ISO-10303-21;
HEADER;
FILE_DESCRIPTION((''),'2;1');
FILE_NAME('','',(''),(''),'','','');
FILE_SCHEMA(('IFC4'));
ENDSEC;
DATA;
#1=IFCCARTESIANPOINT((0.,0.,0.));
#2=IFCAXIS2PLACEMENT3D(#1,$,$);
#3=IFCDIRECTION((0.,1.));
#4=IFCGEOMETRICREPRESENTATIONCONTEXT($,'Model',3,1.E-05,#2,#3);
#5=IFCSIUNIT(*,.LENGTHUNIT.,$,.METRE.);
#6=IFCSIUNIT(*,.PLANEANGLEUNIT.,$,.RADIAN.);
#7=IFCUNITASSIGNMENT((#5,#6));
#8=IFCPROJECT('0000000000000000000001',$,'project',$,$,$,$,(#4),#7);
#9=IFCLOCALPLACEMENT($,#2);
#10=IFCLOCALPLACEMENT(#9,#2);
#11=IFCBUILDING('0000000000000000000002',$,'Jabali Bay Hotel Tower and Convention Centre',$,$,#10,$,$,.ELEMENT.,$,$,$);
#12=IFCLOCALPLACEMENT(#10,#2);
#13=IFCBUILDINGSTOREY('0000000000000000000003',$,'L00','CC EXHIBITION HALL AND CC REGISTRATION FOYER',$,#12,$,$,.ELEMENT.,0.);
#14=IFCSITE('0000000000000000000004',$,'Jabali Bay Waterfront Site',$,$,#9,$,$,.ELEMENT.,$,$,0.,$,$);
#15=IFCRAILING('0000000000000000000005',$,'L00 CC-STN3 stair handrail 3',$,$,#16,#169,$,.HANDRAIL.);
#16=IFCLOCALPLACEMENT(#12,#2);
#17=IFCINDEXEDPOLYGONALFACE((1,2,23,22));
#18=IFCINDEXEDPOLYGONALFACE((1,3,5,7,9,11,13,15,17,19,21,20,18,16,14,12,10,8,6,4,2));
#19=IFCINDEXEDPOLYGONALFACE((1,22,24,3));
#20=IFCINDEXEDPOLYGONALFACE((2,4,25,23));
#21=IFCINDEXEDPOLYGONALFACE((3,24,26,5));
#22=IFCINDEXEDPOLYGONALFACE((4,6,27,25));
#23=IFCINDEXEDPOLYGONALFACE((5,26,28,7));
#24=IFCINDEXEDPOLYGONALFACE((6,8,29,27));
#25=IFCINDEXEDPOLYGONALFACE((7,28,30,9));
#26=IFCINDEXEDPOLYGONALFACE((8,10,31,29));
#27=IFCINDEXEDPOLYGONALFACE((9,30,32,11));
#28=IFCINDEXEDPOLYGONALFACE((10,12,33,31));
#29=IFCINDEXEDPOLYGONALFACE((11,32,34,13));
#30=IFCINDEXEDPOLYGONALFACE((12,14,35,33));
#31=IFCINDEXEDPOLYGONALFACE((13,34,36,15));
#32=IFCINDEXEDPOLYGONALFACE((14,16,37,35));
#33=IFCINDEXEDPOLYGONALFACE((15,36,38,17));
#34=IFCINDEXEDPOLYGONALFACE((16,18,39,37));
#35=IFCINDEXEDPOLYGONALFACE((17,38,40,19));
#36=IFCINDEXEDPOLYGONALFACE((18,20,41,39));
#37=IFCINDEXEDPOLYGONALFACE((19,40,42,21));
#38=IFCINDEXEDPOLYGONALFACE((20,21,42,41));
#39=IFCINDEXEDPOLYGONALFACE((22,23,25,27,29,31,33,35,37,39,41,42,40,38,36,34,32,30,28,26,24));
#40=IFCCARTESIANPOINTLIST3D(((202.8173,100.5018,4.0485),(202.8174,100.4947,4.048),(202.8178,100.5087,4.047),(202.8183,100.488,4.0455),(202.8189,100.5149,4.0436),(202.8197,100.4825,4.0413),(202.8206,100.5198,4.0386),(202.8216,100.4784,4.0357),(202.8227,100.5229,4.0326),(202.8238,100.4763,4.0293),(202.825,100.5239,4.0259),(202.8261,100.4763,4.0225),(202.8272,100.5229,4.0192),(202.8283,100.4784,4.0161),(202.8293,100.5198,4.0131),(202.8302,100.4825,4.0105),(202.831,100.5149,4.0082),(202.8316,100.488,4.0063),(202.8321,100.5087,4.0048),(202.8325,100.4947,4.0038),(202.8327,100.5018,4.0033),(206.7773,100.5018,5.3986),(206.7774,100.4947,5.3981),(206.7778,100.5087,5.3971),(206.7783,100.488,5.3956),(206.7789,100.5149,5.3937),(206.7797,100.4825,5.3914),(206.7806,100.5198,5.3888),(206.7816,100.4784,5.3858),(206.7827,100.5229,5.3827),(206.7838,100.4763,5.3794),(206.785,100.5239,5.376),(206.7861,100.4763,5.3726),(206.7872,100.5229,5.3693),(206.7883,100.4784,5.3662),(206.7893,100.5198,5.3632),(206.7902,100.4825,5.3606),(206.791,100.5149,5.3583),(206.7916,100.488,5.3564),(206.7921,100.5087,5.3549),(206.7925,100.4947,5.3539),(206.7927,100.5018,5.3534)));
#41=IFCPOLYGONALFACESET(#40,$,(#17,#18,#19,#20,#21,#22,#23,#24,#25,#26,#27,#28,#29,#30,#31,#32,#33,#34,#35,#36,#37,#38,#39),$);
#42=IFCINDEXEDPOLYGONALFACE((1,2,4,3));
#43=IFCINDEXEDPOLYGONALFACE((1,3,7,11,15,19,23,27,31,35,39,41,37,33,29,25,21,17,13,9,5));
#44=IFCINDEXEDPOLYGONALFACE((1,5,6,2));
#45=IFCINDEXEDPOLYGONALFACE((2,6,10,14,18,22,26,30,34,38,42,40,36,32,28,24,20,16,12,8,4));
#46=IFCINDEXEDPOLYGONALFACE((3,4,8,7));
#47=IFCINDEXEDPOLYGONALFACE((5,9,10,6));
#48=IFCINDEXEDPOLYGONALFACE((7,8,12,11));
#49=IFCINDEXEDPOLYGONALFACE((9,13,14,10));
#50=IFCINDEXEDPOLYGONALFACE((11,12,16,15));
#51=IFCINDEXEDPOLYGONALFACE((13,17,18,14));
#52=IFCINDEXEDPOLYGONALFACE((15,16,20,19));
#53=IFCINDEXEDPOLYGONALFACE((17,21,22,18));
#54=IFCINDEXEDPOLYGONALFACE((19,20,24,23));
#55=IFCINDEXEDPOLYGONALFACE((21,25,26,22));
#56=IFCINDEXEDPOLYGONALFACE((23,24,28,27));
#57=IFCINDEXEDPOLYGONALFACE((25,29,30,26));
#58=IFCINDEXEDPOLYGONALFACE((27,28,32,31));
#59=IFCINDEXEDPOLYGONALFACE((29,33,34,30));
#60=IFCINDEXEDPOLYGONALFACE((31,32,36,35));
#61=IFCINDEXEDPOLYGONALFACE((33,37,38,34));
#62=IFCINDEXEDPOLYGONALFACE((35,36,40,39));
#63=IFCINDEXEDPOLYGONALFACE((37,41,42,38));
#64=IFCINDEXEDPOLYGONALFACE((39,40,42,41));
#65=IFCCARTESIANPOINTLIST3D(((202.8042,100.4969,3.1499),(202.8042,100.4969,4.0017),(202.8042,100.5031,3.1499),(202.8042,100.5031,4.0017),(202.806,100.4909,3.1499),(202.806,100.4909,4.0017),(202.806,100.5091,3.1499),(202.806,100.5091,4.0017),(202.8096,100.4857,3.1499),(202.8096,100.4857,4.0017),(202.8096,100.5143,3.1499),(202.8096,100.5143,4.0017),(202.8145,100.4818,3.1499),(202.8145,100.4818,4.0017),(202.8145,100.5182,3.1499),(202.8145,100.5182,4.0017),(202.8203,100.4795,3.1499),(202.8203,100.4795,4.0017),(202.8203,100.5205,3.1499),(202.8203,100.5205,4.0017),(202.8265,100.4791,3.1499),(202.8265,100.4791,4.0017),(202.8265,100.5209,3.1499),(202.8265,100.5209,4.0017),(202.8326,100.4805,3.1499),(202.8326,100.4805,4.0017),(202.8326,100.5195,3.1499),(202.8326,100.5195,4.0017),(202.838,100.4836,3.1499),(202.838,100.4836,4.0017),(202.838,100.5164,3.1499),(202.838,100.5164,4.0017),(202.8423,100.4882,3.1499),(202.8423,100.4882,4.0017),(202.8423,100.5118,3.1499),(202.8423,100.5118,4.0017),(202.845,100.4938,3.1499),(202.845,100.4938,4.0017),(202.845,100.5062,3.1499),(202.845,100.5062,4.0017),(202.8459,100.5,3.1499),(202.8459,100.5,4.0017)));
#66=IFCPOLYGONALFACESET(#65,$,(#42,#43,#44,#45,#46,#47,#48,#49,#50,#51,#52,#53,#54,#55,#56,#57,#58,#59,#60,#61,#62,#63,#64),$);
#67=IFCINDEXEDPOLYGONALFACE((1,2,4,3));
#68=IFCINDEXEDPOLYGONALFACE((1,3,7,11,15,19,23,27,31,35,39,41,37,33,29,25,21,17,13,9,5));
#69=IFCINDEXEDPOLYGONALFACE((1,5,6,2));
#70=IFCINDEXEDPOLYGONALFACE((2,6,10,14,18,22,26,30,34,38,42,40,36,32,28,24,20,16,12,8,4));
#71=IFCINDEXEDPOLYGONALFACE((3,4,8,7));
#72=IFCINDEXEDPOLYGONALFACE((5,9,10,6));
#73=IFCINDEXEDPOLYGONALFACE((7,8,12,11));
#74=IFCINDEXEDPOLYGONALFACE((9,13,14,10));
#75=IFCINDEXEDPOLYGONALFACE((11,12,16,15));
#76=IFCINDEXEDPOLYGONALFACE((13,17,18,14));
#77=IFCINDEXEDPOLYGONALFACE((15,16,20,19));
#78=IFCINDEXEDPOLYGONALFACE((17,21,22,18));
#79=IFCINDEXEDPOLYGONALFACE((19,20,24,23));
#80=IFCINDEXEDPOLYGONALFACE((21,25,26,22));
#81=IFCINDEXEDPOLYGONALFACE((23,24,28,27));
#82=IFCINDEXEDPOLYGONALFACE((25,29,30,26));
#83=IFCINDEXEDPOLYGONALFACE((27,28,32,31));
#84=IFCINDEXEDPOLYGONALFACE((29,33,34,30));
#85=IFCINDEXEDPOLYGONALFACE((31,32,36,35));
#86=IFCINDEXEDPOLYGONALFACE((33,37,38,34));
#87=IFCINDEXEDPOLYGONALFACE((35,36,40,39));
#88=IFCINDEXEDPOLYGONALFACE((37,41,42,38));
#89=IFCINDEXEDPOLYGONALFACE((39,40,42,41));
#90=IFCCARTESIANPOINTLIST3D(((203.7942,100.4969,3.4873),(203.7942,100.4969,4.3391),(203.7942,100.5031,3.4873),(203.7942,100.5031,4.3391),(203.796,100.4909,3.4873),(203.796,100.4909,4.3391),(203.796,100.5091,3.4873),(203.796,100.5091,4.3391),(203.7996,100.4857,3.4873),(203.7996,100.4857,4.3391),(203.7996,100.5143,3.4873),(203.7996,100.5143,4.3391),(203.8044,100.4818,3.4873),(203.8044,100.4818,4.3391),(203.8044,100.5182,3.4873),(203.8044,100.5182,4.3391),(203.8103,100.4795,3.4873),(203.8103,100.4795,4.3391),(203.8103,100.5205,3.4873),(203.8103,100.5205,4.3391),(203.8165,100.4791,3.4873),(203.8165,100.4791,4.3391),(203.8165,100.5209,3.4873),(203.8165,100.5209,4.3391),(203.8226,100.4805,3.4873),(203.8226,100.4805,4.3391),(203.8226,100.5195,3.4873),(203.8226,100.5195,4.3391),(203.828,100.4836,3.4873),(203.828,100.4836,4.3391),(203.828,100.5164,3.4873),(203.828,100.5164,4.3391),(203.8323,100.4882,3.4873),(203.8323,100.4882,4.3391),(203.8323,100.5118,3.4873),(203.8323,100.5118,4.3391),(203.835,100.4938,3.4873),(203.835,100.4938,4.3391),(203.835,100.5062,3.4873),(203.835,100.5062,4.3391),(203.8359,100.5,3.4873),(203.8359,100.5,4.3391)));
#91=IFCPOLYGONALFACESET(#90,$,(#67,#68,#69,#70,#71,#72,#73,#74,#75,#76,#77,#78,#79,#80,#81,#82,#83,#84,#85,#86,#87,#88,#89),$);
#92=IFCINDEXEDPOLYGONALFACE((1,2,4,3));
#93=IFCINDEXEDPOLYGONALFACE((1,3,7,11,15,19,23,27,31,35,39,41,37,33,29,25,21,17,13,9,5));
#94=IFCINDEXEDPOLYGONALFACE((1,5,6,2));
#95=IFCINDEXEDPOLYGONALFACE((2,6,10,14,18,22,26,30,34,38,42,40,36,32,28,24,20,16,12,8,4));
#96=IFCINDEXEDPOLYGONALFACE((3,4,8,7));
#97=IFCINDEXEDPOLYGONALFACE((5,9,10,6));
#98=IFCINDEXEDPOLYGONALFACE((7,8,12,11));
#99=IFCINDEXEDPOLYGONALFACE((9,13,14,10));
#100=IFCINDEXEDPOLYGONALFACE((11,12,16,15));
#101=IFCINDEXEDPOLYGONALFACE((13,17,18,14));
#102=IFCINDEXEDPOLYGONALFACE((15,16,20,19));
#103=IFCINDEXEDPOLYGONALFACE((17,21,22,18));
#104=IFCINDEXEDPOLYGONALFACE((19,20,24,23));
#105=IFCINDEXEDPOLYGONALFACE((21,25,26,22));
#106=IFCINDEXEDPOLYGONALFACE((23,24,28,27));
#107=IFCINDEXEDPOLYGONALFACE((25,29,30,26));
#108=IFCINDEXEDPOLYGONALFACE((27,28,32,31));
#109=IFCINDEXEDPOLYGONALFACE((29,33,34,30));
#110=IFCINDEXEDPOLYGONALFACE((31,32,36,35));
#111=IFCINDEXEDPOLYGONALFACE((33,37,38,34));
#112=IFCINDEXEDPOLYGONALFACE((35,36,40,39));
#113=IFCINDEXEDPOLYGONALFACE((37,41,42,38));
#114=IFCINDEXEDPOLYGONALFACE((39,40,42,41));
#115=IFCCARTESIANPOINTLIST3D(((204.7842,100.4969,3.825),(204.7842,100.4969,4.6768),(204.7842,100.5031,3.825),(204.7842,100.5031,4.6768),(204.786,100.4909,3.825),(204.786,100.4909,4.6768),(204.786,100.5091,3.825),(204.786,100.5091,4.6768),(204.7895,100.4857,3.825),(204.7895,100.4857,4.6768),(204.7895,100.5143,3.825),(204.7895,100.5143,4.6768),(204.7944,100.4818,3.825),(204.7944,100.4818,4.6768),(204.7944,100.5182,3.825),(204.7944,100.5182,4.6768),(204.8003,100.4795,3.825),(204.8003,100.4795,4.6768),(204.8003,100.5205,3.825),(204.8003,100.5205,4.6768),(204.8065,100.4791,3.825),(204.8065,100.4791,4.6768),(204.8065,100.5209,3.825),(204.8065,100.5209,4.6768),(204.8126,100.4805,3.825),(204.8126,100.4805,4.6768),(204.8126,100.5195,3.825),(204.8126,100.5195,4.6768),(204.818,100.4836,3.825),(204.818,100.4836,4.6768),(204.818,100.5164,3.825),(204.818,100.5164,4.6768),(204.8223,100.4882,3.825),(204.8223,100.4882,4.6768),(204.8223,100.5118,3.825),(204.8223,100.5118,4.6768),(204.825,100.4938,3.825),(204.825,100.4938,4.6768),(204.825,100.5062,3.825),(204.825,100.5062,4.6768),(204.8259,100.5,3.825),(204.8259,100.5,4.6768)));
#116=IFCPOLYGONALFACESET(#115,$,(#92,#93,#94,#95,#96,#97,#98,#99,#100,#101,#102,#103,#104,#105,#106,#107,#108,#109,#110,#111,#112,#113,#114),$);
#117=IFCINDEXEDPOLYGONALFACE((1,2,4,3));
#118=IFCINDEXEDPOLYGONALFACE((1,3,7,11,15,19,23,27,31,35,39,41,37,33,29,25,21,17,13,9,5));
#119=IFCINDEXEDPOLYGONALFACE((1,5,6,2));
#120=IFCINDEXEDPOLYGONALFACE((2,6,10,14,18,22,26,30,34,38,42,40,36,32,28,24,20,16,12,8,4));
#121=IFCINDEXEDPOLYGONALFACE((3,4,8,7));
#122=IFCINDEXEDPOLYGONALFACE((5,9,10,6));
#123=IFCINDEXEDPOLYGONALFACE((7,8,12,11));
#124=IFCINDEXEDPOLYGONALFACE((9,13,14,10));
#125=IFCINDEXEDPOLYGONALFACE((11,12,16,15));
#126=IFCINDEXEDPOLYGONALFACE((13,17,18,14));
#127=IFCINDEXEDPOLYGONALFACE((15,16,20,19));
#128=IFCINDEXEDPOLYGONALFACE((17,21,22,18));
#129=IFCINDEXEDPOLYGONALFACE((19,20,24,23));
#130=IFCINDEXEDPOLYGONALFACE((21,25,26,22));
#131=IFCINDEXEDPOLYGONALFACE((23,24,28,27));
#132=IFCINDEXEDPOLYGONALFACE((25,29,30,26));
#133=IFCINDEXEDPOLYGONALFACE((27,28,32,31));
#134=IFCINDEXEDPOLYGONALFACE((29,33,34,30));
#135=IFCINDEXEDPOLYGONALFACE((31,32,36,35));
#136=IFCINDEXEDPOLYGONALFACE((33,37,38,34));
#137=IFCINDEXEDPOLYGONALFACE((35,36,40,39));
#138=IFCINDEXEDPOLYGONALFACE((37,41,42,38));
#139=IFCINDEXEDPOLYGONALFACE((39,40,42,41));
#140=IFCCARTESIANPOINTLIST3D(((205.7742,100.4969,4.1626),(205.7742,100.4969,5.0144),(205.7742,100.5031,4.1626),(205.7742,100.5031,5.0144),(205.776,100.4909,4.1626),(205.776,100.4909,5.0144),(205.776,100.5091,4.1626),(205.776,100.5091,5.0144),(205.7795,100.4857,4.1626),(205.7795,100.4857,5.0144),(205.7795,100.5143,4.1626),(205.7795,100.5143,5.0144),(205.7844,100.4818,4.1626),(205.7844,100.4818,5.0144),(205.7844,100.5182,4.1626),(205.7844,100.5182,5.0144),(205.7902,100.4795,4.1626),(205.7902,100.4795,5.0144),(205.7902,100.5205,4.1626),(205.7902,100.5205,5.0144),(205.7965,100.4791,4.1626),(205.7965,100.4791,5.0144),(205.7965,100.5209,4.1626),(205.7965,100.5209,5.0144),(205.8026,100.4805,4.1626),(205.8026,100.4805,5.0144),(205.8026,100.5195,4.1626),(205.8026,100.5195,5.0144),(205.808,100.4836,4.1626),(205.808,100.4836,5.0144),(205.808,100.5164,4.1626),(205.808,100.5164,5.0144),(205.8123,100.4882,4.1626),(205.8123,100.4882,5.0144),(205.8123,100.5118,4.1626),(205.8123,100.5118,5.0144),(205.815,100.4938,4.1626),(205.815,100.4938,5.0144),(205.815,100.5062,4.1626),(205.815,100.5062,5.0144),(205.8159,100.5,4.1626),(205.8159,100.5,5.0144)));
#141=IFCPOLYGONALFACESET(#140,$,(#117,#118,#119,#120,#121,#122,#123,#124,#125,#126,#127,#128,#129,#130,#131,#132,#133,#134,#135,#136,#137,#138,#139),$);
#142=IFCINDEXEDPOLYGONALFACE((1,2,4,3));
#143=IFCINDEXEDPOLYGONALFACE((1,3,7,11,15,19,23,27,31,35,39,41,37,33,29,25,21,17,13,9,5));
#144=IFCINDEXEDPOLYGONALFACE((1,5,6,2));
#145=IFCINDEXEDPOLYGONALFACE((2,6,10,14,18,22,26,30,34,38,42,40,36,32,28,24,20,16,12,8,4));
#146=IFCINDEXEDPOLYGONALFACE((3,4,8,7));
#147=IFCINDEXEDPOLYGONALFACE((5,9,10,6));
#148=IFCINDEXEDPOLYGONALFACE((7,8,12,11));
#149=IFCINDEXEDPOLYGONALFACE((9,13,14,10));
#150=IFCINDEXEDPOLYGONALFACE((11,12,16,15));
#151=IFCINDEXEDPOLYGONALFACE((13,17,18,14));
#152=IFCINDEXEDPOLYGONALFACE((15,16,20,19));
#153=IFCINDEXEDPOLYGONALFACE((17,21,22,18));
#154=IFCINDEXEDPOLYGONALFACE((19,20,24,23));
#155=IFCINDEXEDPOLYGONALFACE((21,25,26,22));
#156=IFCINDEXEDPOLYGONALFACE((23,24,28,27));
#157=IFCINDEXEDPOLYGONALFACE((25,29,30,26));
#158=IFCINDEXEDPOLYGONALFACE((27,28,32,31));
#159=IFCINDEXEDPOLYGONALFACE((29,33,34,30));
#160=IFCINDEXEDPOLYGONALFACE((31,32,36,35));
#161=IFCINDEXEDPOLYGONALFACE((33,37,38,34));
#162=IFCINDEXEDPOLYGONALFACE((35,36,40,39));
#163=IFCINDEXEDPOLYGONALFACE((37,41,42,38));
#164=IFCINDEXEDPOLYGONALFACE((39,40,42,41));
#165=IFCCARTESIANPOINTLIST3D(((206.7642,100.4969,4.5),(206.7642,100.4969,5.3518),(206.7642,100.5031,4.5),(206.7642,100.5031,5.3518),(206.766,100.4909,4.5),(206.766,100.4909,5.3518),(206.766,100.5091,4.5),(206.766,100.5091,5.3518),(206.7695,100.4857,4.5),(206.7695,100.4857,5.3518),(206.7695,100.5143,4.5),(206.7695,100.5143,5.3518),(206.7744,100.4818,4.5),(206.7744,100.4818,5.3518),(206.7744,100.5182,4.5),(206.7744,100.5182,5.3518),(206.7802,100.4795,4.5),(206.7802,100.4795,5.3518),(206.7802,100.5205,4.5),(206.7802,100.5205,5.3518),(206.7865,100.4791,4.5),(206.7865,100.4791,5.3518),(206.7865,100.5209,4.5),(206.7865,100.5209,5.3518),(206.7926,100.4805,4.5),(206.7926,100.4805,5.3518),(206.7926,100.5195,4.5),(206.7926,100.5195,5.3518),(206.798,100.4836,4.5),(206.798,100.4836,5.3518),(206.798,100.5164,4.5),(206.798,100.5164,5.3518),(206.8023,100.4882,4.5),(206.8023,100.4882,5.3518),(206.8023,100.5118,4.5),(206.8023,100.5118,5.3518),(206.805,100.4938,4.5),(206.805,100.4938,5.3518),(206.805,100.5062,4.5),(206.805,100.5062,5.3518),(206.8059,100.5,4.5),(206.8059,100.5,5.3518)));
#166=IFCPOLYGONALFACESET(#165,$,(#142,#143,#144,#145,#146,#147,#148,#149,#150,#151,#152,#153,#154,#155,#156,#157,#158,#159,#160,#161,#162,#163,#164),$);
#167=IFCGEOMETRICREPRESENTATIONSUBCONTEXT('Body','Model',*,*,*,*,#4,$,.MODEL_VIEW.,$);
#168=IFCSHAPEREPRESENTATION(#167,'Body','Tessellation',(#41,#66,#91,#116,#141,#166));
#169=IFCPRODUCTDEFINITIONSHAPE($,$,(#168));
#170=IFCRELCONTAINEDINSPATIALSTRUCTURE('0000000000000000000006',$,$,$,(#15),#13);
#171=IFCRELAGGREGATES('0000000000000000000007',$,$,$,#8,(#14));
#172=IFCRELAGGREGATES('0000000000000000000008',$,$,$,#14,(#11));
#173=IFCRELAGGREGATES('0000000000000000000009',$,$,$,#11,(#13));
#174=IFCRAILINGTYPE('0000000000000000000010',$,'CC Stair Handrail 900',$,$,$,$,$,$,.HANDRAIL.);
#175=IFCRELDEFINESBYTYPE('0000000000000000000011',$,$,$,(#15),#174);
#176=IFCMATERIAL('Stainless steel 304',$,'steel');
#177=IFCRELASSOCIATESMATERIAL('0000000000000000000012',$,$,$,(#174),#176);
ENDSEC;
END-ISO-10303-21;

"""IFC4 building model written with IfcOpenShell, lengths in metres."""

from ifc_helpers import new_model, si_unit, direction, frame, origin, origin_2d, place, context, subcontext, project, spatial, circle, extrude, material, type_object, element, save


model = new_model("IFC4")

# Units and contexts
model_context = context("Model", 3, precision=1e-05, world=origin(), true_north=direction((0.0, 1.0)))
body_context = subcontext(model_context, "Body", "Model", "MODEL_VIEW")
ifc_project = project(units=[si_unit("LENGTHUNIT", "METRE"), si_unit("PLANEANGLEUNIT", "RADIAN")], contexts=[model_context])

# Site, building, storey
site_placement = place(None, origin())
site = spatial("IfcSite", under=ifc_project, at=site_placement, Name="Jabali Bay Waterfront Site", CompositionType="ELEMENT", RefElevation=0.0)
building_placement = place(site_placement, origin())
building = spatial("IfcBuilding", under=site, at=building_placement, Name="Jabali Bay Hotel Tower and Convention Centre", CompositionType="ELEMENT")
storey_placement = place(building_placement, origin())
storey = spatial("IfcBuildingStorey", under=building, at=storey_placement, Name="L00", Description="CC EXHIBITION HALL AND CC REGISTRATION FOYER", CompositionType="ELEMENT", Elevation=0.0)

# Railing
ifc_material_1 = material(Name="Stainless steel 304", Category="steel")
railing_type_1 = type_object("IfcRailingType", Name="CC Stair Handrail 900", PredefinedType="HANDRAIL", material=ifc_material_1)
railing_1_placement = place(storey_placement, frame((202.825, 100.5, 3.1499)))
element("IfcRailing", 1, at=railing_1_placement, inside=storey, type_object=railing_type_1, Name="L00 CC-STN3 stair handrail 3", PredefinedType="HANDRAIL", context=body_context, shape_type="SweptSolid", body=[
    extrude(circle(Radius=0.0239, at=origin_2d()), frame((0.0, 0.0, 0.876), z_axis=(0.946502, 0.0, 0.322698), x_axis=(0.0, 1.0, 0.0)), (0.0, 0.0, 1.0), 4.1838),
    extrude(circle(Radius=0.021, at=origin_2d()), origin(), (0.0, 0.0, 1.0), 0.8518),
    extrude(circle(Radius=0.021, at=origin_2d()), frame((0.99, 0.0, 0.3374)), (0.0, 0.0, 1.0), 0.8518),
    extrude(circle(Radius=0.021, at=origin_2d()), frame((1.98, 0.0, 0.675)), (0.0, 0.0, 1.0), 0.8518),
    extrude(circle(Radius=0.021, at=origin_2d()), frame((2.97, 0.0, 1.0127)), (0.0, 0.0, 1.0), 0.8518),
    extrude(circle(Radius=0.021, at=origin_2d()), frame((3.96, 0.0, 1.3501)), (0.0, 0.0, 1.0), 0.8518),
])

save(model, "model.ifc")
